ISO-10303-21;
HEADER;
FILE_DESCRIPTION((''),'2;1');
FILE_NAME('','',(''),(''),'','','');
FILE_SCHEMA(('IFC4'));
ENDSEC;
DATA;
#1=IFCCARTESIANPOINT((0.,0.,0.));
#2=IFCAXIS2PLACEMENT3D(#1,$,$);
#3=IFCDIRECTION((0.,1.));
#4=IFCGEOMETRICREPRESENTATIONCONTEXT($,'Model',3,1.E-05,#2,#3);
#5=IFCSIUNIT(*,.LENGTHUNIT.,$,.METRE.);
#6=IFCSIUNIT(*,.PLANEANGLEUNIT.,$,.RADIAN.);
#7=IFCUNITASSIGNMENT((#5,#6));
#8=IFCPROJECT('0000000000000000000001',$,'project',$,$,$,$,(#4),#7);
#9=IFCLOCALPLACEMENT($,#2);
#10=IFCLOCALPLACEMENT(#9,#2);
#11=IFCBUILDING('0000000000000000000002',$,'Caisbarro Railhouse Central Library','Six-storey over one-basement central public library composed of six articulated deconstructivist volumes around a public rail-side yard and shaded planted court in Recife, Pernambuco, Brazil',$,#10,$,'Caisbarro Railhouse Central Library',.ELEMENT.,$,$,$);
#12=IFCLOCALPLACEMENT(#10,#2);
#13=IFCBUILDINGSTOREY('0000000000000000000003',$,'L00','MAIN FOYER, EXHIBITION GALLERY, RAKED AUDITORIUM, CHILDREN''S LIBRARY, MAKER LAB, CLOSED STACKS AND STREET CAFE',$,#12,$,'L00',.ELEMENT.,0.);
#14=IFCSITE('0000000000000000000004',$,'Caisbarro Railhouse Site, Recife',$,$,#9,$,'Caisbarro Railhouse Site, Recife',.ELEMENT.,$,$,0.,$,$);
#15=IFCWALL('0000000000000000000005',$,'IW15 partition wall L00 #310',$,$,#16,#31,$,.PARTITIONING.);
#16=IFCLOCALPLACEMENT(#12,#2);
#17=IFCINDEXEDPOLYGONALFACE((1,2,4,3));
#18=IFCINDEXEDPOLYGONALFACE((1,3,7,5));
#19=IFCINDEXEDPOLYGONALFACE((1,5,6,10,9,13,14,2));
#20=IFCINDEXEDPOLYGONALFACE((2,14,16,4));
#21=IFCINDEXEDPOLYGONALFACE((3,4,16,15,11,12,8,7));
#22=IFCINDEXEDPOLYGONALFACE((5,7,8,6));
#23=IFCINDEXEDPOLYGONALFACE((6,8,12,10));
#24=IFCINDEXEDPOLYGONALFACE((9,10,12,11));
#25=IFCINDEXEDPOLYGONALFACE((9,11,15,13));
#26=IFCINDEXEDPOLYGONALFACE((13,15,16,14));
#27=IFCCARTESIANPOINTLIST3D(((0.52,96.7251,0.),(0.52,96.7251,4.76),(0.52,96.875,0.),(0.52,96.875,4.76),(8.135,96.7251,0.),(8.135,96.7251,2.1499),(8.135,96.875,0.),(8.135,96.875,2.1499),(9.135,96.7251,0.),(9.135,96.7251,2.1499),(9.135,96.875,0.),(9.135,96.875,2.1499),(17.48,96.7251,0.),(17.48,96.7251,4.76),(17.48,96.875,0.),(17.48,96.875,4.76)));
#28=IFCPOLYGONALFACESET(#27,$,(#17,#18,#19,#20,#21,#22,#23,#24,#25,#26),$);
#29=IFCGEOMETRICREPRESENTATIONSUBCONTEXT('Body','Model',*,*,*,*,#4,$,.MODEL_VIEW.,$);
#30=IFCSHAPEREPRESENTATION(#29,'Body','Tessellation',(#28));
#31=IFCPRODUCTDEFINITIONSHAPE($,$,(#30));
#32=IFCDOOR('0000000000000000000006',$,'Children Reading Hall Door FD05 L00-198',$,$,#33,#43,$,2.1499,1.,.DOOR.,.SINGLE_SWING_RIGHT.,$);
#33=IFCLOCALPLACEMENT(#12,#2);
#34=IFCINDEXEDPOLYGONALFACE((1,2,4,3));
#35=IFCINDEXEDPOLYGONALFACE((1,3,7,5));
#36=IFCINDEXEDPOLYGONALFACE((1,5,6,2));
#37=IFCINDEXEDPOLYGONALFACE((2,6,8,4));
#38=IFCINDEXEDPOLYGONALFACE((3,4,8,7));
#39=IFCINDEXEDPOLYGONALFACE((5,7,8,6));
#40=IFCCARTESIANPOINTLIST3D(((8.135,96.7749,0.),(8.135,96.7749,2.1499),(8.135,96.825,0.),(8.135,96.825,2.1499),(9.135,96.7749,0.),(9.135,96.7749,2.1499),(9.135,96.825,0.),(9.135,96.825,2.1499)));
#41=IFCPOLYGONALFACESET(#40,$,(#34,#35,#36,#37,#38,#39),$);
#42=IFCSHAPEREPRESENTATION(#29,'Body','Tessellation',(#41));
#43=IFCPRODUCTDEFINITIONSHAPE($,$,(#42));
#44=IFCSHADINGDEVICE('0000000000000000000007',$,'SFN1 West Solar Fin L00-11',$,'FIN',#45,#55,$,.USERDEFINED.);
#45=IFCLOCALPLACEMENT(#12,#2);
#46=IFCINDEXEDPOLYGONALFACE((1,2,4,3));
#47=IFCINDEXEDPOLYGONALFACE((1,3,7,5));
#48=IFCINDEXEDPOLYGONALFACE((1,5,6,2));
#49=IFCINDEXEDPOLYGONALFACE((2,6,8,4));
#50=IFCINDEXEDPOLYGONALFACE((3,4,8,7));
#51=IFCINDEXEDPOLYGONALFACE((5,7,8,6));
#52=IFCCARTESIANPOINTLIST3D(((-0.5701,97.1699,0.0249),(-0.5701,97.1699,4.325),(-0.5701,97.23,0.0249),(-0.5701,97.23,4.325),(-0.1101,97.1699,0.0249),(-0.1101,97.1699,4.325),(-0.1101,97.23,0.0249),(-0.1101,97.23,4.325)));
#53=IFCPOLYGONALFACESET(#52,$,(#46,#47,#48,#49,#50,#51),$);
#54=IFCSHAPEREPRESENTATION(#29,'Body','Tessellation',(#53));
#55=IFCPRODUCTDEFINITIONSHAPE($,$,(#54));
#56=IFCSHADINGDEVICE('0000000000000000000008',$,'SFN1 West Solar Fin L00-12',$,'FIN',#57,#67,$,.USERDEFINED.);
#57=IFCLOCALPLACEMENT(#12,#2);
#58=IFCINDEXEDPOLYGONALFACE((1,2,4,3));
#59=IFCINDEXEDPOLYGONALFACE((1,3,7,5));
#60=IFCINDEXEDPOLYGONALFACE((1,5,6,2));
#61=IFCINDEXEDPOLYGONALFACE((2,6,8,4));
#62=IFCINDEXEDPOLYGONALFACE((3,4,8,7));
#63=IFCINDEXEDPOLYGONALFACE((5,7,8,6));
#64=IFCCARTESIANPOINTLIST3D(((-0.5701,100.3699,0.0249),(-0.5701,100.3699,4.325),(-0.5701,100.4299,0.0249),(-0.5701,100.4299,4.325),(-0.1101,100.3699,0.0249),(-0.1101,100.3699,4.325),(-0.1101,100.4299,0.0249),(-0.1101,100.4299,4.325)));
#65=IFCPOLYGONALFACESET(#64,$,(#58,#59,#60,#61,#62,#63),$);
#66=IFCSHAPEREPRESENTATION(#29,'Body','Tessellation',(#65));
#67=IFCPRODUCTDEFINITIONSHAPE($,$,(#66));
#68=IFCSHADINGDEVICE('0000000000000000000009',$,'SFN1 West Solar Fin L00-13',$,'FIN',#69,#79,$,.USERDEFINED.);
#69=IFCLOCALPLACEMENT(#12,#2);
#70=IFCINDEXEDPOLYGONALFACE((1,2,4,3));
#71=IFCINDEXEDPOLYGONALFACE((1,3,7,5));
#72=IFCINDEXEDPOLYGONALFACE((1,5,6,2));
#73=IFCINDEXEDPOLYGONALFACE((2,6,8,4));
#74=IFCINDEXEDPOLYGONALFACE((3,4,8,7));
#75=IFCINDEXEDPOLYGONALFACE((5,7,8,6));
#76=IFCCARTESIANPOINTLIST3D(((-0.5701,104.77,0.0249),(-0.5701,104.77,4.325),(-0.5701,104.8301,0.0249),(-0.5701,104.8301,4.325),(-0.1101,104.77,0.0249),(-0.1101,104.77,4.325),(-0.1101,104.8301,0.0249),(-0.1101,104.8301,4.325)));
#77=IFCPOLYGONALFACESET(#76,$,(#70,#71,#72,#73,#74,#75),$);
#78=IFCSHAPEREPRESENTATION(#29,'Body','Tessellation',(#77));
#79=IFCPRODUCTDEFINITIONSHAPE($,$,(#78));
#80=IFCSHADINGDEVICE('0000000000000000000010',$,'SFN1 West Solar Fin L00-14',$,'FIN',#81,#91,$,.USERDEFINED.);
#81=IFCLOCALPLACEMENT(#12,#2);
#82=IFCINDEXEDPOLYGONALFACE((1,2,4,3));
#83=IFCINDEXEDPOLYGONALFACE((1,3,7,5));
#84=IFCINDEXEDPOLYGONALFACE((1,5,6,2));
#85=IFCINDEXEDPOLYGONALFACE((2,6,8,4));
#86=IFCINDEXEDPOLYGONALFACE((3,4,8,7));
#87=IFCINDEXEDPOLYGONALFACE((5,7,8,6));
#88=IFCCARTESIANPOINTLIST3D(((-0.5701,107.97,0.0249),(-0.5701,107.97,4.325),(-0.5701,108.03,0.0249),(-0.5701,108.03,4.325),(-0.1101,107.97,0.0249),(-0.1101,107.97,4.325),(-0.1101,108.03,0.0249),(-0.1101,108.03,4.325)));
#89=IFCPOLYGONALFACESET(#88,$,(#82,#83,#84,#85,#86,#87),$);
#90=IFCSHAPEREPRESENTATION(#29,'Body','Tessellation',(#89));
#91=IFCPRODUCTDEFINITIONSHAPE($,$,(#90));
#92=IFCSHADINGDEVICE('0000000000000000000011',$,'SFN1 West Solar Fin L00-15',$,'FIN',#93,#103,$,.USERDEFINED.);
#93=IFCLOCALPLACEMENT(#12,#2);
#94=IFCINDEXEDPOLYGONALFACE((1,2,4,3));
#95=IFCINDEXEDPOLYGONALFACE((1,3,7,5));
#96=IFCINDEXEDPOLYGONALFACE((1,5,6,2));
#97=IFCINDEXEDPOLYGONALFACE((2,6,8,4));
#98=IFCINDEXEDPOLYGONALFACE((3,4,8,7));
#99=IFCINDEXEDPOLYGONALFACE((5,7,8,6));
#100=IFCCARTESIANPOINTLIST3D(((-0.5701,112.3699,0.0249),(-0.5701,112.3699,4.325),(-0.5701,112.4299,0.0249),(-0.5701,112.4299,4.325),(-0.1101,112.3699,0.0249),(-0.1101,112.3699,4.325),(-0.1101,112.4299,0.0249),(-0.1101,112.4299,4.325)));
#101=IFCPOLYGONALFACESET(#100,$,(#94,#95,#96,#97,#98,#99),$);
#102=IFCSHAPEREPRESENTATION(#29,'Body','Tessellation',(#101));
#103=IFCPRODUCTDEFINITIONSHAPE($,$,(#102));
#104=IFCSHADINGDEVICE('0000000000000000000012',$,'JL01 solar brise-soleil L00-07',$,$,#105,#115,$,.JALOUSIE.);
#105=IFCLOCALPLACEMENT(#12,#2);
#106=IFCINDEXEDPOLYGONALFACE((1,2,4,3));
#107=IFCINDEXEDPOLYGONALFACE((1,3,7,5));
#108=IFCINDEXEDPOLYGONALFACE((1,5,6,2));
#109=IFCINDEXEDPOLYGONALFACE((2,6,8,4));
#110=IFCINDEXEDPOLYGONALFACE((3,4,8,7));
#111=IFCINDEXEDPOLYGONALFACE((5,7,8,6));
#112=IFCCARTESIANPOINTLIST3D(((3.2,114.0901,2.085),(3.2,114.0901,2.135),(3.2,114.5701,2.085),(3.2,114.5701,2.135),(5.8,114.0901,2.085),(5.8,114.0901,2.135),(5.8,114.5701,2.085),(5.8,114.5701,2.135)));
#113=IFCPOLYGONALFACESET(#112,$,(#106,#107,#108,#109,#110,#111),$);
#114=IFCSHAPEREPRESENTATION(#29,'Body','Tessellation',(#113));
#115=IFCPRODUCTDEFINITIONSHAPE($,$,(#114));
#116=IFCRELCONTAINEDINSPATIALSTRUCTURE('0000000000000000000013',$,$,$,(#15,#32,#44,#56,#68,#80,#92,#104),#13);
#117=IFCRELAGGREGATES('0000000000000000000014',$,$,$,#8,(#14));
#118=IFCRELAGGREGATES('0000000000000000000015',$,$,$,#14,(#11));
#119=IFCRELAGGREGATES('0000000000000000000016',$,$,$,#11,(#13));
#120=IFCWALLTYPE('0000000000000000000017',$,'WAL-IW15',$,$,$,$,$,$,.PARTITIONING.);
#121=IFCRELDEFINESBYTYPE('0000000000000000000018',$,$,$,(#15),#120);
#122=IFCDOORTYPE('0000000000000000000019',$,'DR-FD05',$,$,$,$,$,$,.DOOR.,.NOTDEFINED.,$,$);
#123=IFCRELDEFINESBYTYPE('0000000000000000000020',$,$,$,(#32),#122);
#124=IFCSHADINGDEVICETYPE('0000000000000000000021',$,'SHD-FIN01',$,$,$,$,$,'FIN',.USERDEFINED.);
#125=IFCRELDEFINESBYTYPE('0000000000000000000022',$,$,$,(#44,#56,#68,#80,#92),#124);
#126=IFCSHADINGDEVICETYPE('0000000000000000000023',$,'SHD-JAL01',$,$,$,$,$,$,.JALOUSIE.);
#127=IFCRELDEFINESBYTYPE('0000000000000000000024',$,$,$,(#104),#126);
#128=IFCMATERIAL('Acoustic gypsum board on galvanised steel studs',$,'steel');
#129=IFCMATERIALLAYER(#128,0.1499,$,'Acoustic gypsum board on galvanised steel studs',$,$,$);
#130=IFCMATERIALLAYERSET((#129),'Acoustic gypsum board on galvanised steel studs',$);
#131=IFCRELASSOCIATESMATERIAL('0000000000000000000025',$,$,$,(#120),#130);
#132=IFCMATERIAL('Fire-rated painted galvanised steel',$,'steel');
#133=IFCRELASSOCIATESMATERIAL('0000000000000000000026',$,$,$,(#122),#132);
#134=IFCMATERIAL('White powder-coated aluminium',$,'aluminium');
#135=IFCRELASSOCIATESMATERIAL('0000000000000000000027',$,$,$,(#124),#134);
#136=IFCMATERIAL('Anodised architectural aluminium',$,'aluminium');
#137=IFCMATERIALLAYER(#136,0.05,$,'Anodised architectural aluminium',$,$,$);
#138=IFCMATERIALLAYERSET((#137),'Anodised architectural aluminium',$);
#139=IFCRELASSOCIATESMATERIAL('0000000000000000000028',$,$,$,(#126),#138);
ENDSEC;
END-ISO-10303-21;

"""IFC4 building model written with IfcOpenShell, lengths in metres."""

from ifc_helpers import new_model, si_unit, direction, frame, frame_2d, origin, origin_2d, place, context, subcontext, project, spatial, rectangle, extrude, material, layer, layer_set, type_object, element, fill, save


model = new_model("IFC4")

# Units and contexts
model_context = context("Model", 3, precision=1e-05, world=origin(), true_north=direction((0.0, 1.0)))
body_context = subcontext(model_context, "Body", "Model", "MODEL_VIEW")
ifc_project = project(units=[si_unit("LENGTHUNIT", "METRE"), si_unit("PLANEANGLEUNIT", "RADIAN")], contexts=[model_context])

# Site, building, storey
site_placement = place(None, origin())
site = spatial("IfcSite", under=ifc_project, at=site_placement, Name="Caisbarro Railhouse Site, Recife", LongName="Caisbarro Railhouse Site, Recife", CompositionType="ELEMENT", RefElevation=0.0)
building_placement = place(site_placement, origin())
building = spatial("IfcBuilding", under=site, at=building_placement, Name="Caisbarro Railhouse Central Library", Description="Six-storey over one-basement central public library composed of six articulated deconstructivist volumes around a public rail-side yard and shaded planted court in Recife, Pernambuco, Brazil", LongName="Caisbarro Railhouse Central Library", CompositionType="ELEMENT")
storey_placement = place(building_placement, origin())
storey = spatial("IfcBuildingStorey", under=building, at=storey_placement, Name="L00", Description="MAIN FOYER, EXHIBITION GALLERY, RAKED AUDITORIUM, CHILDREN'S LIBRARY, MAKER LAB, CLOSED STACKS AND STREET CAFE", LongName="L00", CompositionType="ELEMENT", Elevation=0.0)

# Wall, opening, door
ifc_material_1 = material(Name="Acoustic gypsum board on galvanised steel studs", Category="steel")
ifc_layer_1 = layer(ifc_material_1, 0.1499, Name="Acoustic gypsum board on galvanised steel studs")
ifc_layer_set_1 = layer_set([ifc_layer_1], Name="Acoustic gypsum board on galvanised steel studs")
wall_type_1 = type_object("IfcWallType", Name="WAL-IW15", PredefinedType="PARTITIONING", material=ifc_layer_set_1)
wall_1_placement = place(storey_placement, frame((0.52, 96.8, 0.0), z_axis=(0.0, 0.0, 1.0), x_axis=(1.0, 0.0, 0.0)))
wall_1 = element("IfcWall", 1, at=wall_1_placement, inside=storey, type_object=wall_type_1, Name="IW15 partition wall L00 #310", PredefinedType="PARTITIONING", context=body_context, shape_type="SweptSolid", body=[
    extrude(rectangle(XDim=16.96, YDim=0.1499, at=frame_2d((8.48, 0.0))), origin(), (0.0, 0.0, 1.0), 4.76),
])
opening_1_placement = place(wall_1_placement, frame((7.615, 0.0, 0.0)))
opening_1 = element("IfcOpeningElement", 2, at=opening_1_placement, cuts=wall_1, PredefinedType="OPENING", context=body_context, shape_type="SweptSolid", body=[
    extrude(rectangle(XDim=1.0, YDim=2.1499, at=frame_2d((0.5, 1.075))), frame((0.0, 0.085, 0.0), z_axis=(0.0, -1.0, 0.0), x_axis=(1.0, 0.0, 0.0)), (0.0, 0.0, 1.0), 0.1699),
])
ifc_material_2 = material(Name="Fire-rated painted galvanised steel", Category="steel")
door_type = type_object("IfcDoorType", Name="DR-FD05", OperationType="NOTDEFINED", PredefinedType="DOOR", material=ifc_material_2)
door_placement = place(opening_1_placement, origin())
door = element("IfcDoor", 3, at=door_placement, inside=storey, type_object=door_type, Name="Children Reading Hall Door FD05 L00-198", OperationType="SINGLE_SWING_RIGHT", OverallHeight=2.1499, OverallWidth=1.0, PredefinedType="DOOR", context=body_context, shape_type="SweptSolid", body=[
    extrude(rectangle(XDim=1.0, YDim=2.1499, at=frame_2d((0.5, 1.075))), frame((0.0, 0.0249, 0.0), z_axis=(0.0, -1.0, 0.0), x_axis=(1.0, 0.0, 0.0)), (0.0, 0.0, 1.0), 0.05),
])
fill(opening_1, door)

# Shading devices
ifc_material_3 = material(Name="White powder-coated aluminium", Category="aluminium")
shading_device_type_1 = type_object("IfcShadingDeviceType", Name="SHD-FIN01", ElementType="FIN", PredefinedType="USERDEFINED", material=ifc_material_3)
for number, where, z_axis, x_axis, name in (
    (4, (-0.3401, 97.2, 0.0249), (0.0, 0.0, 1.0), (1.0, 0.0, 0.0), "SFN1 West Solar Fin L00-11"),
    (5, (-0.3401, 100.3999, 0.0249), (0.0, 0.0, 1.0), (1.0, 0.0, 0.0), "SFN1 West Solar Fin L00-12"),
    (6, (-0.3401, 104.8, 0.0249), (0.0, 0.0, 1.0), (1.0, 0.0, 0.0), "SFN1 West Solar Fin L00-13"),
    (7, (-0.3401, 108.0, 0.0249), (0.0, 0.0, 1.0), (1.0, 0.0, 0.0), "SFN1 West Solar Fin L00-14"),
    (8, (-0.3401, 112.3999, 0.0249), (0.0, 0.0, 1.0), (1.0, 0.0, 0.0), "SFN1 West Solar Fin L00-15"),
):
    element("IfcShadingDevice", number, at=place(storey_placement, frame(where, z_axis=z_axis, x_axis=x_axis)), inside=storey, type_object=shading_device_type_1, Name=name, ObjectType="FIN", PredefinedType="USERDEFINED", context=body_context, shape_type="SweptSolid", body=[
        extrude(rectangle(XDim=0.46, YDim=0.0601, at=origin_2d()), origin(), (0.0, 0.0, 1.0), 4.3),
    ])
ifc_material_4 = material(Name="Anodised architectural aluminium", Category="aluminium")
ifc_layer_2 = layer(ifc_material_4, 0.05, Name="Anodised architectural aluminium")
ifc_layer_set_2 = layer_set([ifc_layer_2], Name="Anodised architectural aluminium")
shading_device_type_2 = type_object("IfcShadingDeviceType", Name="SHD-JAL01", PredefinedType="JALOUSIE", material=ifc_layer_set_2)
shading_device_placement = place(storey_placement, frame((4.5, 114.3301, 2.085), z_axis=(0.0, 0.0, 1.0), x_axis=(1.0, 0.0, 0.0)))
element("IfcShadingDevice", 9, at=shading_device_placement, inside=storey, type_object=shading_device_type_2, Name="JL01 solar brise-soleil L00-07", PredefinedType="JALOUSIE", context=body_context, shape_type="SweptSolid", body=[
    extrude(rectangle(XDim=2.6001, YDim=0.48, at=origin_2d()), origin(), (0.0, 0.0, 1.0), 0.05),
])

save(model, "model.ifc")
